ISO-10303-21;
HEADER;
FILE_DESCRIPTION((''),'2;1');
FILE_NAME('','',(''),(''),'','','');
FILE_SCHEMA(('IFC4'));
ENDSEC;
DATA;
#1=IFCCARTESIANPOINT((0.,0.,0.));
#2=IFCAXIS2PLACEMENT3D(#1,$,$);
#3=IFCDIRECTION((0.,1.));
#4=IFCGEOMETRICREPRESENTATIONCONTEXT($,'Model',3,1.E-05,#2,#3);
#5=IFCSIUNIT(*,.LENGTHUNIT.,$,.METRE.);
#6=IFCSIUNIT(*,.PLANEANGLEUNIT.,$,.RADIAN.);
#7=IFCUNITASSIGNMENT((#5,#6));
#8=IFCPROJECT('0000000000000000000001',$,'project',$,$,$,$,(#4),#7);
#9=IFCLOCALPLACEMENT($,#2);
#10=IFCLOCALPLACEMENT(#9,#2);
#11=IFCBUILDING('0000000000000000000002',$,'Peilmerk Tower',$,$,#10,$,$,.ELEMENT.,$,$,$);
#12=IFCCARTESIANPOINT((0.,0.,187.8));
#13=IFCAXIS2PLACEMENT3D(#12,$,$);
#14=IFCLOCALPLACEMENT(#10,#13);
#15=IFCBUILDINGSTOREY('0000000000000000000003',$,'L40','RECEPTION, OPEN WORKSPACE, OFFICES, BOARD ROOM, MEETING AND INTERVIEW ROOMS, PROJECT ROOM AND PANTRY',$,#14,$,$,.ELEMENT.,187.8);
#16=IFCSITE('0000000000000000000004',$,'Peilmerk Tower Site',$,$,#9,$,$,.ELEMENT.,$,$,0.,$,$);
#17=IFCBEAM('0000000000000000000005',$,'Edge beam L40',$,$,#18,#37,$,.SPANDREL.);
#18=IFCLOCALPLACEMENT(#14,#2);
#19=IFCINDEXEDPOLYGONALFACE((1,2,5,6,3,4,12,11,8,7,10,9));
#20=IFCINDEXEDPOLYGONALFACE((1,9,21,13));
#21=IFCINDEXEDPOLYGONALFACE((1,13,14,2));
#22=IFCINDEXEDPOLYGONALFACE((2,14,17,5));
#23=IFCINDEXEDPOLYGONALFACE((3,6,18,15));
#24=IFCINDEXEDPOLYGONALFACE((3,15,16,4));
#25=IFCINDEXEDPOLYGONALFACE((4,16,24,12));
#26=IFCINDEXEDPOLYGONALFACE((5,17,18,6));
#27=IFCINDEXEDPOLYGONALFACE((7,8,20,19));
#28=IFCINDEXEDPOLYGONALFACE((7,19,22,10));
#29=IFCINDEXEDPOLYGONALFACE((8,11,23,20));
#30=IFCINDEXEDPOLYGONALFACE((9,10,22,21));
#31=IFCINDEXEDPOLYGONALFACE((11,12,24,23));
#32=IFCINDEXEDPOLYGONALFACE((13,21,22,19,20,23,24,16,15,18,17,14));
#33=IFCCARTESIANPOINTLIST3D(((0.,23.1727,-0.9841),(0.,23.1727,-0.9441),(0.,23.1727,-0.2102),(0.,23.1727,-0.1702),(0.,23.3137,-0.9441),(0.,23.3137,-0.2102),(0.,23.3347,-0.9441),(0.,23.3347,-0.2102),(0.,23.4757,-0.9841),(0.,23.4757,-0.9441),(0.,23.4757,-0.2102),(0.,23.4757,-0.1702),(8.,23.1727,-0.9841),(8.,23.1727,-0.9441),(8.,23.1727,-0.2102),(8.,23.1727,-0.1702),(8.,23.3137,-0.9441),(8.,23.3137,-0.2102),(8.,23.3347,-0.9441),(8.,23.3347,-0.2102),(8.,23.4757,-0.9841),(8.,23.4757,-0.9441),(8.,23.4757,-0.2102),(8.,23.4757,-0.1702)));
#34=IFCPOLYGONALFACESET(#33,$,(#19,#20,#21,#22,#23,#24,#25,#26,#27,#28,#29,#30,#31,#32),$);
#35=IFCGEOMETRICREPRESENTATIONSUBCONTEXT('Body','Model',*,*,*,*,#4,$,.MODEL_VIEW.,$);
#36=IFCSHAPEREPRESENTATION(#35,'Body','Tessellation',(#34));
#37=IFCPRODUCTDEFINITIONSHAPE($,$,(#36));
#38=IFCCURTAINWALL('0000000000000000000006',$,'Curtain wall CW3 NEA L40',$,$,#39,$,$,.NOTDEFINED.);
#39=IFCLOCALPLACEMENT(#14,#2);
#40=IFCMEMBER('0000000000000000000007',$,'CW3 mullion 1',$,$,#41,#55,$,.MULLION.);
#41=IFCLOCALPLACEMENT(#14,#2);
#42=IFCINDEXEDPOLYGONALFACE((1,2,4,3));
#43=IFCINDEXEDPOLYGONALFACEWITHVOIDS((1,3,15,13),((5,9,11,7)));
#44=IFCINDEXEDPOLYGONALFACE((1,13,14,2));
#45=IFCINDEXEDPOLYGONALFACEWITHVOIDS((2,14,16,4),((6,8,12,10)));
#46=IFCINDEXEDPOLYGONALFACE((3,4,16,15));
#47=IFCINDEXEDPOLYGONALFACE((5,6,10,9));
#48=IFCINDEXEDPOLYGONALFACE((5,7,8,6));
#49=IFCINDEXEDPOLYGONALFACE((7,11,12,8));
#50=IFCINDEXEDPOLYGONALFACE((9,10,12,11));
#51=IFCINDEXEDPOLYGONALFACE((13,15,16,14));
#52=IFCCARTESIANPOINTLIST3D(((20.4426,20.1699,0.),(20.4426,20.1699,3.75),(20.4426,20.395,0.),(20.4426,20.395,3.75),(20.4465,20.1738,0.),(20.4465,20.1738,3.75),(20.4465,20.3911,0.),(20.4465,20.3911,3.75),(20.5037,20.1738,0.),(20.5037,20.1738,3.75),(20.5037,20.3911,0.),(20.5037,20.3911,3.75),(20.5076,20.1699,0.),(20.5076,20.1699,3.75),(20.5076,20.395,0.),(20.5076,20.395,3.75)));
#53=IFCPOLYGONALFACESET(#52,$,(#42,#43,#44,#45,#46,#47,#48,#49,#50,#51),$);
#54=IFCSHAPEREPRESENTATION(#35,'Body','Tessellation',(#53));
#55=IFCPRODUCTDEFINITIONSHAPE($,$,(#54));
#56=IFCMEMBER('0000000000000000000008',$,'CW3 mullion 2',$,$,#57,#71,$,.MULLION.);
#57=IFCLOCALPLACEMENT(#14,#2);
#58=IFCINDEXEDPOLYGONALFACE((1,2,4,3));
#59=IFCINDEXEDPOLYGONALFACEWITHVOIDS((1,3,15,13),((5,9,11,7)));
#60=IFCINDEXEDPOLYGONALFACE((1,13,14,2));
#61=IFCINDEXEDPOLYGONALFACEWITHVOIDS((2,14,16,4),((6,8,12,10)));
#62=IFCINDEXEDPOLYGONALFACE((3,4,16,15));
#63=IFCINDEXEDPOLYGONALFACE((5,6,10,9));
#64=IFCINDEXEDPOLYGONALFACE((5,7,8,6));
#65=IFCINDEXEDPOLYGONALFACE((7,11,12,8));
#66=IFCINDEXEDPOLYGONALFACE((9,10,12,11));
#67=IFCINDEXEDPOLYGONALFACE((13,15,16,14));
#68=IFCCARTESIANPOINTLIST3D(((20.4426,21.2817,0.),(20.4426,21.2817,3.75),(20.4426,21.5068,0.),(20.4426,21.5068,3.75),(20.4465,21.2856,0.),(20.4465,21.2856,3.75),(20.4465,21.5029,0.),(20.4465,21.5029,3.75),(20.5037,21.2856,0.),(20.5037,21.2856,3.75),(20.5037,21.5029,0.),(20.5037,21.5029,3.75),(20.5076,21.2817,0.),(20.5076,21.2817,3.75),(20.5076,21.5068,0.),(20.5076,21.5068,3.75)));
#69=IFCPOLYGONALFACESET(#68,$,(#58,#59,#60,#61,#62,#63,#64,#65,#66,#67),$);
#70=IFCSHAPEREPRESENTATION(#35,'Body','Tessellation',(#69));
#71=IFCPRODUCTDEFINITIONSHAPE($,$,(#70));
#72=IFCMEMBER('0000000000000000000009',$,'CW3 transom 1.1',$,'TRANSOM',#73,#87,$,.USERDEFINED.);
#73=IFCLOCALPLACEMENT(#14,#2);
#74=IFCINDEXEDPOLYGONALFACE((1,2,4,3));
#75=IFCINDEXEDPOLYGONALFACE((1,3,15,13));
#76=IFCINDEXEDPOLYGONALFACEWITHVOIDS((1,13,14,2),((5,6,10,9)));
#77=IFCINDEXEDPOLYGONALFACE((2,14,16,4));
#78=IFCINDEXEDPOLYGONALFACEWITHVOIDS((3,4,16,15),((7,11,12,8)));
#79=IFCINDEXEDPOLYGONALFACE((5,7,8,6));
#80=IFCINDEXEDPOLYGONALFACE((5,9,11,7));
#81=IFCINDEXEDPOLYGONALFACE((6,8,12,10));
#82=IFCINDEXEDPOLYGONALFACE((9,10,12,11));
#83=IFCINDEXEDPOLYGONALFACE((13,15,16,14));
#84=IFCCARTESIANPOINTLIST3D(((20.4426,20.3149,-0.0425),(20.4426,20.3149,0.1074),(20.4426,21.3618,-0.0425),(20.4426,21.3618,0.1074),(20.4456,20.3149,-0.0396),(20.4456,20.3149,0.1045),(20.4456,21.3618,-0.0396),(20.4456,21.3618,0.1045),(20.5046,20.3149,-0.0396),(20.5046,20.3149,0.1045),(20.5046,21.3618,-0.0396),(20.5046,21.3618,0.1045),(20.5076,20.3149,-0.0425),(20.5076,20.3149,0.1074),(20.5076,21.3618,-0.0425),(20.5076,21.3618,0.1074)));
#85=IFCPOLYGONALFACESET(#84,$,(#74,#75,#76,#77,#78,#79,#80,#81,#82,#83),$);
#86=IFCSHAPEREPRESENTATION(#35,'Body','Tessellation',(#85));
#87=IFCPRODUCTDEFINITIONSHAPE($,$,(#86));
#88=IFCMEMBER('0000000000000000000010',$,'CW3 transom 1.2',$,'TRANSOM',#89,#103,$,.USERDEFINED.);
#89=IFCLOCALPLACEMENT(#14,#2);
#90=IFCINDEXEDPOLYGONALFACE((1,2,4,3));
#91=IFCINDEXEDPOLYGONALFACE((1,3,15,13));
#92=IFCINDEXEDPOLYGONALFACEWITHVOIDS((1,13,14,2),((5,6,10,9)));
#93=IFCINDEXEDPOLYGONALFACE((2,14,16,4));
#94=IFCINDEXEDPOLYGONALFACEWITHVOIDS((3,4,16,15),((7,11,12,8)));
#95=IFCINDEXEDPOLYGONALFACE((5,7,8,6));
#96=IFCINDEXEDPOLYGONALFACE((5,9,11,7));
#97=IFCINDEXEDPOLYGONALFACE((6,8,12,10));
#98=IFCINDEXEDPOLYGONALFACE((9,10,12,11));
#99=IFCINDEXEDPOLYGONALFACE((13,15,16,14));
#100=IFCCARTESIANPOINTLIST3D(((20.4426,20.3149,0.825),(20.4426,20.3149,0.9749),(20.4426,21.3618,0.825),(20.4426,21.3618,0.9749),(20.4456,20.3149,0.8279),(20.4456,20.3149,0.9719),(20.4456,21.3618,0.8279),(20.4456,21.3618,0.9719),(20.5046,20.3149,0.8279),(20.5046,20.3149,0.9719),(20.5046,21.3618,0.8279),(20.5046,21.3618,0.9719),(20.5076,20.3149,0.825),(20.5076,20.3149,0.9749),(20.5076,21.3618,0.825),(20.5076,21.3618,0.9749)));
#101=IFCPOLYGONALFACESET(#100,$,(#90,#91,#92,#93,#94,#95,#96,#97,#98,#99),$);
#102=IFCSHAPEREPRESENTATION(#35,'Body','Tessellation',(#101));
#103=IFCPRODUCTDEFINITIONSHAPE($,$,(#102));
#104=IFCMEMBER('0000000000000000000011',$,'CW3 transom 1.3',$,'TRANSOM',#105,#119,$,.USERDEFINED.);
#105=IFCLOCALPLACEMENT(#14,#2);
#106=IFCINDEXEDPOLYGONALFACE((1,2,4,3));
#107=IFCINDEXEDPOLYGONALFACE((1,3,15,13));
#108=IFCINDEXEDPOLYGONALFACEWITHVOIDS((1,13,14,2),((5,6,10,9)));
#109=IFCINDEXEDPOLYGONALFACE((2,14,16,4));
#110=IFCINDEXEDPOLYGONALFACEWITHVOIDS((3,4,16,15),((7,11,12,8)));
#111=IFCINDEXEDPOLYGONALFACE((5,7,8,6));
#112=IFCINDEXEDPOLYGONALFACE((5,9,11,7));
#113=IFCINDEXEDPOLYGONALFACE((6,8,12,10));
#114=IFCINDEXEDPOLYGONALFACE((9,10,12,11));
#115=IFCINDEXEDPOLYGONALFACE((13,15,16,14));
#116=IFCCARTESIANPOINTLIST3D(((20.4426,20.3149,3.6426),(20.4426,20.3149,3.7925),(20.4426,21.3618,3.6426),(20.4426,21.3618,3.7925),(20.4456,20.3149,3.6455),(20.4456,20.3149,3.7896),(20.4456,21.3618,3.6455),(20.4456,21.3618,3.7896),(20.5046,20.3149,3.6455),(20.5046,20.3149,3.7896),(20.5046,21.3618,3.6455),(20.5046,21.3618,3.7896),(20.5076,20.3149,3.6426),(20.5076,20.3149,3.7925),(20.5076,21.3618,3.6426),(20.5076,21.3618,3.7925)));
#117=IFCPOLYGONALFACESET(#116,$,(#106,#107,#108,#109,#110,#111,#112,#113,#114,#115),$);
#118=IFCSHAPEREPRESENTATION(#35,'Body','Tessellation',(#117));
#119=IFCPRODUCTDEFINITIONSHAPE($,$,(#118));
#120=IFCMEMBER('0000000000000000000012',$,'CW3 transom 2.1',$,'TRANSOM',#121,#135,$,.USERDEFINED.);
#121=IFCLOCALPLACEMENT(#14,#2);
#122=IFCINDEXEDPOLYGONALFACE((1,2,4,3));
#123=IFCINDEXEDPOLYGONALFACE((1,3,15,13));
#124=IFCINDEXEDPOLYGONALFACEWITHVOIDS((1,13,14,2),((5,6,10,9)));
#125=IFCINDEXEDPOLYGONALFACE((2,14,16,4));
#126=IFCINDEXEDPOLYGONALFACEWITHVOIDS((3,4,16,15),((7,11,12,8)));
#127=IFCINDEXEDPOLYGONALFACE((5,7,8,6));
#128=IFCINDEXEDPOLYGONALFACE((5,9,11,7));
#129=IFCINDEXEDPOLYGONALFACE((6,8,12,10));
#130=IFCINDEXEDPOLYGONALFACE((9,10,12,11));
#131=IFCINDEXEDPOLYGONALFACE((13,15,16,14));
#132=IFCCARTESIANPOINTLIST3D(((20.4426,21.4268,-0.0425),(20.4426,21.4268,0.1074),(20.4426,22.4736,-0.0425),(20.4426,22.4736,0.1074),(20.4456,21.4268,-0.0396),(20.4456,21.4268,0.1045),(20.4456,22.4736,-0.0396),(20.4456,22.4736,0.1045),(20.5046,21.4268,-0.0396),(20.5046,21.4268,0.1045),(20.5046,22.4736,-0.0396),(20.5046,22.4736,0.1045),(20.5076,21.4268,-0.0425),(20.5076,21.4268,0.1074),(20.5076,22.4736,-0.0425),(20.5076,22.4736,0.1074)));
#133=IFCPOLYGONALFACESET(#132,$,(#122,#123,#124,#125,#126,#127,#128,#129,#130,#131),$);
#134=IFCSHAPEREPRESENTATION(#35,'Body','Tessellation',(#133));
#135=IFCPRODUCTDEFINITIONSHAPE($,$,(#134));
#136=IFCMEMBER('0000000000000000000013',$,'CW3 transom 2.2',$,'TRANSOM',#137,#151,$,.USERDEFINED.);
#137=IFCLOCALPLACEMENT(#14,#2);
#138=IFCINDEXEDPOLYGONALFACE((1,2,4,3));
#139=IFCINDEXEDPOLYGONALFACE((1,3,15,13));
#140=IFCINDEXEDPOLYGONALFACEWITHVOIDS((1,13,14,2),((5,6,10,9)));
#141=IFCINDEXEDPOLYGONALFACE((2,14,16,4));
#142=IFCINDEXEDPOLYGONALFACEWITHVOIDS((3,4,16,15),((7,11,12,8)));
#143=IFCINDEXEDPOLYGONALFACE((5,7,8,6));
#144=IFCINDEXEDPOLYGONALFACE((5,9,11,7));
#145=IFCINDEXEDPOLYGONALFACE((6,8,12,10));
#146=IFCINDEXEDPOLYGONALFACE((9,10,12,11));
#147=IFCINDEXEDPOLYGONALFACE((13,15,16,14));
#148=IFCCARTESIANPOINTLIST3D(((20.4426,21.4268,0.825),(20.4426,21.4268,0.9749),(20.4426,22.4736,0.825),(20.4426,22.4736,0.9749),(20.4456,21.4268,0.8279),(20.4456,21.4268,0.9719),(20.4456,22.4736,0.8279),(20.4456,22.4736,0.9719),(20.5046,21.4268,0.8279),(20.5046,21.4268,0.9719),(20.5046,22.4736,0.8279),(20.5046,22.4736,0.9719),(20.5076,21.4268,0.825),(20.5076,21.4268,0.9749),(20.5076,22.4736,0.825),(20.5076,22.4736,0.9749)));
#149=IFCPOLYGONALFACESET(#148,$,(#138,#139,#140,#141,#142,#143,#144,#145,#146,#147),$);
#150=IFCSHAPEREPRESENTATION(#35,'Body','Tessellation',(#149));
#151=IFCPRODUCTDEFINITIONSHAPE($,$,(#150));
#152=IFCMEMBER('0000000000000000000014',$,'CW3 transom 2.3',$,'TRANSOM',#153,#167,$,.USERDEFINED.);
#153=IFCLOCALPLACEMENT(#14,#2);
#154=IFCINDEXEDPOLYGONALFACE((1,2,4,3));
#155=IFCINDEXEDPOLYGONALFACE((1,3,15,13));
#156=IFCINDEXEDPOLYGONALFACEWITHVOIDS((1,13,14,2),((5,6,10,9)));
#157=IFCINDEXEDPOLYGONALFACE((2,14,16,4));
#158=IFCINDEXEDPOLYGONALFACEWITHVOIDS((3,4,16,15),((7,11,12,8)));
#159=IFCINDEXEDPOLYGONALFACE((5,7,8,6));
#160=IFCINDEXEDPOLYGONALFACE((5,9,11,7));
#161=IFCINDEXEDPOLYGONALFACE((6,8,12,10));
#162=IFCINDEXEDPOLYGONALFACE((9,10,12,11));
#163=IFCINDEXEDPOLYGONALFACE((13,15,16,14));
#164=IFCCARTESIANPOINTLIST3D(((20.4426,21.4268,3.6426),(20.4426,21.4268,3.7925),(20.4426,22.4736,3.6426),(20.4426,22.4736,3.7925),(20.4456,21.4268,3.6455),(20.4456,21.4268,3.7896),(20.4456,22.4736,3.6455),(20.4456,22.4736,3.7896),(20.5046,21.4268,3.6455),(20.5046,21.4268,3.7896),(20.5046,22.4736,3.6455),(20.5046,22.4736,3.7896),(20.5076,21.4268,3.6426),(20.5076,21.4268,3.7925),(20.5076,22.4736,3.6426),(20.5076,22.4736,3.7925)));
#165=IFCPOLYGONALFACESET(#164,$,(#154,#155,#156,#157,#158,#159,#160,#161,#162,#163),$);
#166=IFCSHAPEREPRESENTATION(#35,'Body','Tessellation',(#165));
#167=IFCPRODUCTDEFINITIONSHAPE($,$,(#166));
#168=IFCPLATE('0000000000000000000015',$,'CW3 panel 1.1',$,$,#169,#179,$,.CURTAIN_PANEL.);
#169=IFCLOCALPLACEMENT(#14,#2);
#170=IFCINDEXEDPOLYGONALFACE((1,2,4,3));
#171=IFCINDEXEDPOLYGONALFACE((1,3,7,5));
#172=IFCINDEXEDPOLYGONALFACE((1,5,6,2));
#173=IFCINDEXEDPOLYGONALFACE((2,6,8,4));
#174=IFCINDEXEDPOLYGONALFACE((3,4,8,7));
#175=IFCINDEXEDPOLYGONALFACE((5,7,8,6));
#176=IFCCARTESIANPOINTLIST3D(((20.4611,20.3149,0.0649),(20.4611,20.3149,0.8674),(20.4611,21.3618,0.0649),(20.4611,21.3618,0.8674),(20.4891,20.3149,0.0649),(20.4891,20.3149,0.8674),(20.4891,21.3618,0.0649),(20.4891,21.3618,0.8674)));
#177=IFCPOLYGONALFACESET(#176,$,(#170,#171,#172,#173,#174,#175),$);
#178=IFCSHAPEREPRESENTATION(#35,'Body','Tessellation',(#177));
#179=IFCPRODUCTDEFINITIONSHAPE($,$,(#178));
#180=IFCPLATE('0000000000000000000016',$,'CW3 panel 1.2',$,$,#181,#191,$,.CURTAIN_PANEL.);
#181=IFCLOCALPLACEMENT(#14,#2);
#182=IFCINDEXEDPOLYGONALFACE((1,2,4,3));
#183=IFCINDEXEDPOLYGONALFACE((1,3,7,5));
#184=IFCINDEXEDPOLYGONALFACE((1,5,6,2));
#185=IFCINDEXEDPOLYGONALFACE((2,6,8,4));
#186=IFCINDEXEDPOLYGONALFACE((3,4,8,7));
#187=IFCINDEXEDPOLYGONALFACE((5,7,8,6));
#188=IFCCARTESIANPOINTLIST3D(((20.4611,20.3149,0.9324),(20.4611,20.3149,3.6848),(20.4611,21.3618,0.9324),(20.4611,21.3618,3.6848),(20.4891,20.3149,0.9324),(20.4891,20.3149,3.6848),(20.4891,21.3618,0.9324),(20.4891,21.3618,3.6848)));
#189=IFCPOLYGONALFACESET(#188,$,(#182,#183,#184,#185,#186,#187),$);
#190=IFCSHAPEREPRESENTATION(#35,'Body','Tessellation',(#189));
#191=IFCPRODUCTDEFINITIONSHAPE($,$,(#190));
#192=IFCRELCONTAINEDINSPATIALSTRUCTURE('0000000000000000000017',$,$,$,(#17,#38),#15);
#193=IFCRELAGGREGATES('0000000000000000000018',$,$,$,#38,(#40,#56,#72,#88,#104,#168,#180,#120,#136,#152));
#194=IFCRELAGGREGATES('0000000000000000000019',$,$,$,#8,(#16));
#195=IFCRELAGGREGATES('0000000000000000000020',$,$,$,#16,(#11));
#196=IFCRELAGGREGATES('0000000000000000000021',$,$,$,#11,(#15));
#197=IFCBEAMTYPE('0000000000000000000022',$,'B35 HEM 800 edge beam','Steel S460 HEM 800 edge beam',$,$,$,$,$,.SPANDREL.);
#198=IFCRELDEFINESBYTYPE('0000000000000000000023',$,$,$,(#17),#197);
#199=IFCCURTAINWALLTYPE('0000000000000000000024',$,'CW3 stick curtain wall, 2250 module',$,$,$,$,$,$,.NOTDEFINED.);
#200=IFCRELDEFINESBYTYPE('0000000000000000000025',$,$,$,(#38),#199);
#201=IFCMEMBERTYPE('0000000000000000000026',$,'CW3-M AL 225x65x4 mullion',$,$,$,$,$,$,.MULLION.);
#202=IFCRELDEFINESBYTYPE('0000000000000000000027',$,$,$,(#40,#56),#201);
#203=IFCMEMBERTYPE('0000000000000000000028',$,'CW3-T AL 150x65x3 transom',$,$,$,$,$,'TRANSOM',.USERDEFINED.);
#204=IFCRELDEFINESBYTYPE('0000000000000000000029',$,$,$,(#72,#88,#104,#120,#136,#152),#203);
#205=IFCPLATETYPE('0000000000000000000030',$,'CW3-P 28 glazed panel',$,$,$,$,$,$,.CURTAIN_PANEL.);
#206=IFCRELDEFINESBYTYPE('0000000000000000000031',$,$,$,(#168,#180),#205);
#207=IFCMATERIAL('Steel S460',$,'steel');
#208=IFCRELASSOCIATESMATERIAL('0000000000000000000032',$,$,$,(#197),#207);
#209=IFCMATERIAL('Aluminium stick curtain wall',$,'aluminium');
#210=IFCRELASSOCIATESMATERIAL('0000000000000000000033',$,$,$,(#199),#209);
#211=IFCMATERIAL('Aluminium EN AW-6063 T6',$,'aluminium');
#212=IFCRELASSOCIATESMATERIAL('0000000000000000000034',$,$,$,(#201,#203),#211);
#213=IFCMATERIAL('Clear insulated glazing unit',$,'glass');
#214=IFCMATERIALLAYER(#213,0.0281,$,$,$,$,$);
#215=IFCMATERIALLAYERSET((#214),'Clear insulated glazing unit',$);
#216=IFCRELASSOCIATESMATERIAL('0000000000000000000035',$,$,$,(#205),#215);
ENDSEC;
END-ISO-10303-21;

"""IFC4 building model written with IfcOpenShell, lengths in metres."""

from ifc_helpers import new_model, si_unit, direction, frame, origin, origin_2d, place, context, subcontext, project, spatial, rectangle, hollow_rectangle, i_section, extrude, material, layer, layer_set, material_profile, profile_set, type_object, element, aggregate, save


model = new_model("IFC4")

# Units and contexts
model_context = context("Model", 3, precision=1e-05, world=origin(), true_north=direction((0.0, 1.0)))
body_context = subcontext(model_context, "Body", "Model", "MODEL_VIEW")
ifc_project = project(units=[si_unit("LENGTHUNIT", "METRE"), si_unit("PLANEANGLEUNIT", "RADIAN")], contexts=[model_context])

# Site, building, storey
site_placement = place(None, origin())
site = spatial("IfcSite", under=ifc_project, at=site_placement, Name="Peilmerk Tower Site", CompositionType="ELEMENT", RefElevation=0.0)
building_placement = place(site_placement, origin())
building = spatial("IfcBuilding", under=site, at=building_placement, Name="Peilmerk Tower", CompositionType="ELEMENT")
storey_placement = place(building_placement, frame((0.0, 0.0, 187.8)))
storey = spatial("IfcBuildingStorey", under=building, at=storey_placement, Name="L40", Description="RECEPTION, OPEN WORKSPACE, OFFICES, BOARD ROOM, MEETING AND INTERVIEW ROOMS, PROJECT ROOM AND PANTRY", CompositionType="ELEMENT", Elevation=187.8)

# Shared definitions
ifc_material_1 = material(Name="Steel S460", Category="steel")

# Beam
ifc_material_profile_1 = material_profile(ifc_material_1, i_section(OverallWidth=0.303, OverallDepth=0.814, WebThickness=0.021, FlangeThickness=0.04, at=origin_2d()), Name="HEM 800")
ifc_profile_set_1 = profile_set([ifc_material_profile_1], Name="Steel S460")
beam_type_1 = type_object("IfcBeamType", Name="B35 HEM 800 edge beam", Description="Steel S460 HEM 800 edge beam", PredefinedType="SPANDREL", material=ifc_profile_set_1)
for number, where, z_axis, x_axis, name in (
    (1, (8.0, 23.3242, -0.5771), (-1.0, 0.0, 0.0), (0.0, -1.0, 0.0), "Edge beam L40"),
):
    element("IfcBeam", number, at=place(storey_placement, frame(where, z_axis=z_axis, x_axis=x_axis)), inside=storey, type_object=beam_type_1, Name=name, PredefinedType="SPANDREL", context=body_context, shape_type="SweptSolid", body=[
        extrude(i_section(OverallWidth=0.303, OverallDepth=0.814, WebThickness=0.021, FlangeThickness=0.04, at=origin_2d()), origin(), (0.0, 0.0, 1.0), 8.0),
    ])

# Curtain wall, members, plates
ifc_material_2 = material(Name="Aluminium stick curtain wall", Category="aluminium")
curtain_wall_type = type_object("IfcCurtainWallType", Name="CW3 stick curtain wall, 2250 module", PredefinedType="NOTDEFINED", material=ifc_material_2)
curtain_wall_placement = place(storey_placement, origin())
curtain_wall = element("IfcCurtainWall", 2, at=curtain_wall_placement, inside=storey, type_object=curtain_wall_type, Name="Curtain wall CW3 NEA L40", PredefinedType="NOTDEFINED")
ifc_material_3 = material(Name="Aluminium EN AW-6063 T6", Category="aluminium")
ifc_material_profile_2 = material_profile(ifc_material_3, hollow_rectangle(XDim=0.0649, YDim=0.2251, WallThickness=0.0039, at=origin_2d()), Name="AL 225x65x4")
ifc_profile_set_2 = profile_set([ifc_material_profile_2], Name="Aluminium EN AW-6063 T6")
member_type_1 = type_object("IfcMemberType", Name="CW3-M AL 225x65x4 mullion", PredefinedType="MULLION", material=ifc_profile_set_2)
member_1_placement = place(storey_placement, frame((20.4751, 20.2825, 0.0), z_axis=(0.0, 0.0, 1.0), x_axis=(-1.0, 0.0, 0.0)))
member_1 = element("IfcMember", 3, at=member_1_placement, type_object=member_type_1, Name="CW3 mullion 1", PredefinedType="MULLION", context=body_context, shape_type="SweptSolid", body=[
    extrude(hollow_rectangle(XDim=0.0649, YDim=0.2251, WallThickness=0.0039, at=origin_2d()), origin(), (0.0, 0.0, 1.0), 3.75),
])
member_2_placement = place(storey_placement, frame((20.4751, 21.3943, 0.0), z_axis=(0.0, 0.0, 1.0), x_axis=(-1.0, 0.0, 0.0)))
member_2 = element("IfcMember", 4, at=member_2_placement, type_object=member_type_1, Name="CW3 mullion 2", PredefinedType="MULLION", context=body_context, shape_type="SweptSolid", body=[
    extrude(hollow_rectangle(XDim=0.0649, YDim=0.2251, WallThickness=0.0039, at=origin_2d()), origin(), (0.0, 0.0, 1.0), 3.75),
])
ifc_material_profile_3 = material_profile(ifc_material_3, hollow_rectangle(XDim=0.0649, YDim=0.1499, WallThickness=0.0029, at=origin_2d()), Name="AL 150x65x3")
ifc_profile_set_3 = profile_set([ifc_material_profile_3], Name="Aluminium EN AW-6063 T6")
member_type_2 = type_object("IfcMemberType", Name="CW3-T AL 150x65x3 transom", ElementType="TRANSOM", PredefinedType="USERDEFINED", material=ifc_profile_set_3)
member_3_placement = place(storey_placement, frame((20.4751, 20.3149, 0.0325), z_axis=(0.0, 1.0, 0.0), x_axis=(-1.0, 0.0, 0.0)))
member_3 = element("IfcMember", 5, at=member_3_placement, type_object=member_type_2, Name="CW3 transom 1.1", ObjectType="TRANSOM", PredefinedType="USERDEFINED", context=body_context, shape_type="SweptSolid", body=[
    extrude(hollow_rectangle(XDim=0.0649, YDim=0.1499, WallThickness=0.0029, at=origin_2d()), origin(), (0.0, 0.0, 1.0), 1.0469),
])
member_4_placement = place(storey_placement, frame((20.4751, 20.3149, 0.8999), z_axis=(0.0, 1.0, 0.0), x_axis=(-1.0, 0.0, 0.0)))
member_4 = element("IfcMember", 6, at=member_4_placement, type_object=member_type_2, Name="CW3 transom 1.2", ObjectType="TRANSOM", PredefinedType="USERDEFINED", context=body_context, shape_type="SweptSolid", body=[
    extrude(hollow_rectangle(XDim=0.0649, YDim=0.1499, WallThickness=0.0029, at=origin_2d()), origin(), (0.0, 0.0, 1.0), 1.0469),
])
member_5_placement = place(storey_placement, frame((20.4751, 20.3149, 3.7175), z_axis=(0.0, 1.0, 0.0), x_axis=(-1.0, 0.0, 0.0)))
member_5 = element("IfcMember", 7, at=member_5_placement, type_object=member_type_2, Name="CW3 transom 1.3", ObjectType="TRANSOM", PredefinedType="USERDEFINED", context=body_context, shape_type="SweptSolid", body=[
    extrude(hollow_rectangle(XDim=0.0649, YDim=0.1499, WallThickness=0.0029, at=origin_2d()), origin(), (0.0, 0.0, 1.0), 1.0469),
])
member_6_placement = place(storey_placement, frame((20.4751, 21.4268, 0.0325), z_axis=(0.0, 1.0, 0.0), x_axis=(-1.0, 0.0, 0.0)))
member_6 = element("IfcMember", 8, at=member_6_placement, type_object=member_type_2, Name="CW3 transom 2.1", ObjectType="TRANSOM", PredefinedType="USERDEFINED", context=body_context, shape_type="SweptSolid", body=[
    extrude(hollow_rectangle(XDim=0.0649, YDim=0.1499, WallThickness=0.0029, at=origin_2d()), origin(), (0.0, 0.0, 1.0), 1.0469),
])
member_7_placement = place(storey_placement, frame((20.4751, 21.4268, 0.8999), z_axis=(0.0, 1.0, 0.0), x_axis=(-1.0, 0.0, 0.0)))
member_7 = element("IfcMember", 9, at=member_7_placement, type_object=member_type_2, Name="CW3 transom 2.2", ObjectType="TRANSOM", PredefinedType="USERDEFINED", context=body_context, shape_type="SweptSolid", body=[
    extrude(hollow_rectangle(XDim=0.0649, YDim=0.1499, WallThickness=0.0029, at=origin_2d()), origin(), (0.0, 0.0, 1.0), 1.0469),
])
member_8_placement = place(storey_placement, frame((20.4751, 21.4268, 3.7175), z_axis=(0.0, 1.0, 0.0), x_axis=(-1.0, 0.0, 0.0)))
member_8 = element("IfcMember", 10, at=member_8_placement, type_object=member_type_2, Name="CW3 transom 2.3", ObjectType="TRANSOM", PredefinedType="USERDEFINED", context=body_context, shape_type="SweptSolid", body=[
    extrude(hollow_rectangle(XDim=0.0649, YDim=0.1499, WallThickness=0.0029, at=origin_2d()), origin(), (0.0, 0.0, 1.0), 1.0469),
])
ifc_material_4 = material(Name="Clear insulated glazing unit", Category="glass")
ifc_layer_1 = layer(ifc_material_4, 0.0281)
ifc_layer_set_1 = layer_set([ifc_layer_1], Name="Clear insulated glazing unit")
plate_type = type_object("IfcPlateType", Name="CW3-P 28 glazed panel", PredefinedType="CURTAIN_PANEL", material=ifc_layer_set_1)
plate_1_placement = place(storey_placement, frame((20.4751, 20.8384, 0.0649), z_axis=(0.0, 0.0, 1.0), x_axis=(0.0, 1.0, 0.0)))
plate_1 = element("IfcPlate", 11, at=plate_1_placement, type_object=plate_type, Name="CW3 panel 1.1", PredefinedType="CURTAIN_PANEL", context=body_context, shape_type="SweptSolid", body=[
    extrude(rectangle(XDim=1.0469, YDim=0.0281, at=origin_2d()), origin(), (0.0, 0.0, 1.0), 0.8025),
])
plate_2_placement = place(storey_placement, frame((20.4751, 20.8384, 0.9324), z_axis=(0.0, 0.0, 1.0), x_axis=(0.0, 1.0, 0.0)))
plate_2 = element("IfcPlate", 12, at=plate_2_placement, type_object=plate_type, Name="CW3 panel 1.2", PredefinedType="CURTAIN_PANEL", context=body_context, shape_type="SweptSolid", body=[
    extrude(rectangle(XDim=1.0469, YDim=0.0281, at=origin_2d()), origin(), (0.0, 0.0, 1.0), 2.7524),
])
aggregate(curtain_wall, [member_1, member_2, member_3, member_4, member_5, plate_1, plate_2, member_6, member_7, member_8])

save(model, "model.ifc")
